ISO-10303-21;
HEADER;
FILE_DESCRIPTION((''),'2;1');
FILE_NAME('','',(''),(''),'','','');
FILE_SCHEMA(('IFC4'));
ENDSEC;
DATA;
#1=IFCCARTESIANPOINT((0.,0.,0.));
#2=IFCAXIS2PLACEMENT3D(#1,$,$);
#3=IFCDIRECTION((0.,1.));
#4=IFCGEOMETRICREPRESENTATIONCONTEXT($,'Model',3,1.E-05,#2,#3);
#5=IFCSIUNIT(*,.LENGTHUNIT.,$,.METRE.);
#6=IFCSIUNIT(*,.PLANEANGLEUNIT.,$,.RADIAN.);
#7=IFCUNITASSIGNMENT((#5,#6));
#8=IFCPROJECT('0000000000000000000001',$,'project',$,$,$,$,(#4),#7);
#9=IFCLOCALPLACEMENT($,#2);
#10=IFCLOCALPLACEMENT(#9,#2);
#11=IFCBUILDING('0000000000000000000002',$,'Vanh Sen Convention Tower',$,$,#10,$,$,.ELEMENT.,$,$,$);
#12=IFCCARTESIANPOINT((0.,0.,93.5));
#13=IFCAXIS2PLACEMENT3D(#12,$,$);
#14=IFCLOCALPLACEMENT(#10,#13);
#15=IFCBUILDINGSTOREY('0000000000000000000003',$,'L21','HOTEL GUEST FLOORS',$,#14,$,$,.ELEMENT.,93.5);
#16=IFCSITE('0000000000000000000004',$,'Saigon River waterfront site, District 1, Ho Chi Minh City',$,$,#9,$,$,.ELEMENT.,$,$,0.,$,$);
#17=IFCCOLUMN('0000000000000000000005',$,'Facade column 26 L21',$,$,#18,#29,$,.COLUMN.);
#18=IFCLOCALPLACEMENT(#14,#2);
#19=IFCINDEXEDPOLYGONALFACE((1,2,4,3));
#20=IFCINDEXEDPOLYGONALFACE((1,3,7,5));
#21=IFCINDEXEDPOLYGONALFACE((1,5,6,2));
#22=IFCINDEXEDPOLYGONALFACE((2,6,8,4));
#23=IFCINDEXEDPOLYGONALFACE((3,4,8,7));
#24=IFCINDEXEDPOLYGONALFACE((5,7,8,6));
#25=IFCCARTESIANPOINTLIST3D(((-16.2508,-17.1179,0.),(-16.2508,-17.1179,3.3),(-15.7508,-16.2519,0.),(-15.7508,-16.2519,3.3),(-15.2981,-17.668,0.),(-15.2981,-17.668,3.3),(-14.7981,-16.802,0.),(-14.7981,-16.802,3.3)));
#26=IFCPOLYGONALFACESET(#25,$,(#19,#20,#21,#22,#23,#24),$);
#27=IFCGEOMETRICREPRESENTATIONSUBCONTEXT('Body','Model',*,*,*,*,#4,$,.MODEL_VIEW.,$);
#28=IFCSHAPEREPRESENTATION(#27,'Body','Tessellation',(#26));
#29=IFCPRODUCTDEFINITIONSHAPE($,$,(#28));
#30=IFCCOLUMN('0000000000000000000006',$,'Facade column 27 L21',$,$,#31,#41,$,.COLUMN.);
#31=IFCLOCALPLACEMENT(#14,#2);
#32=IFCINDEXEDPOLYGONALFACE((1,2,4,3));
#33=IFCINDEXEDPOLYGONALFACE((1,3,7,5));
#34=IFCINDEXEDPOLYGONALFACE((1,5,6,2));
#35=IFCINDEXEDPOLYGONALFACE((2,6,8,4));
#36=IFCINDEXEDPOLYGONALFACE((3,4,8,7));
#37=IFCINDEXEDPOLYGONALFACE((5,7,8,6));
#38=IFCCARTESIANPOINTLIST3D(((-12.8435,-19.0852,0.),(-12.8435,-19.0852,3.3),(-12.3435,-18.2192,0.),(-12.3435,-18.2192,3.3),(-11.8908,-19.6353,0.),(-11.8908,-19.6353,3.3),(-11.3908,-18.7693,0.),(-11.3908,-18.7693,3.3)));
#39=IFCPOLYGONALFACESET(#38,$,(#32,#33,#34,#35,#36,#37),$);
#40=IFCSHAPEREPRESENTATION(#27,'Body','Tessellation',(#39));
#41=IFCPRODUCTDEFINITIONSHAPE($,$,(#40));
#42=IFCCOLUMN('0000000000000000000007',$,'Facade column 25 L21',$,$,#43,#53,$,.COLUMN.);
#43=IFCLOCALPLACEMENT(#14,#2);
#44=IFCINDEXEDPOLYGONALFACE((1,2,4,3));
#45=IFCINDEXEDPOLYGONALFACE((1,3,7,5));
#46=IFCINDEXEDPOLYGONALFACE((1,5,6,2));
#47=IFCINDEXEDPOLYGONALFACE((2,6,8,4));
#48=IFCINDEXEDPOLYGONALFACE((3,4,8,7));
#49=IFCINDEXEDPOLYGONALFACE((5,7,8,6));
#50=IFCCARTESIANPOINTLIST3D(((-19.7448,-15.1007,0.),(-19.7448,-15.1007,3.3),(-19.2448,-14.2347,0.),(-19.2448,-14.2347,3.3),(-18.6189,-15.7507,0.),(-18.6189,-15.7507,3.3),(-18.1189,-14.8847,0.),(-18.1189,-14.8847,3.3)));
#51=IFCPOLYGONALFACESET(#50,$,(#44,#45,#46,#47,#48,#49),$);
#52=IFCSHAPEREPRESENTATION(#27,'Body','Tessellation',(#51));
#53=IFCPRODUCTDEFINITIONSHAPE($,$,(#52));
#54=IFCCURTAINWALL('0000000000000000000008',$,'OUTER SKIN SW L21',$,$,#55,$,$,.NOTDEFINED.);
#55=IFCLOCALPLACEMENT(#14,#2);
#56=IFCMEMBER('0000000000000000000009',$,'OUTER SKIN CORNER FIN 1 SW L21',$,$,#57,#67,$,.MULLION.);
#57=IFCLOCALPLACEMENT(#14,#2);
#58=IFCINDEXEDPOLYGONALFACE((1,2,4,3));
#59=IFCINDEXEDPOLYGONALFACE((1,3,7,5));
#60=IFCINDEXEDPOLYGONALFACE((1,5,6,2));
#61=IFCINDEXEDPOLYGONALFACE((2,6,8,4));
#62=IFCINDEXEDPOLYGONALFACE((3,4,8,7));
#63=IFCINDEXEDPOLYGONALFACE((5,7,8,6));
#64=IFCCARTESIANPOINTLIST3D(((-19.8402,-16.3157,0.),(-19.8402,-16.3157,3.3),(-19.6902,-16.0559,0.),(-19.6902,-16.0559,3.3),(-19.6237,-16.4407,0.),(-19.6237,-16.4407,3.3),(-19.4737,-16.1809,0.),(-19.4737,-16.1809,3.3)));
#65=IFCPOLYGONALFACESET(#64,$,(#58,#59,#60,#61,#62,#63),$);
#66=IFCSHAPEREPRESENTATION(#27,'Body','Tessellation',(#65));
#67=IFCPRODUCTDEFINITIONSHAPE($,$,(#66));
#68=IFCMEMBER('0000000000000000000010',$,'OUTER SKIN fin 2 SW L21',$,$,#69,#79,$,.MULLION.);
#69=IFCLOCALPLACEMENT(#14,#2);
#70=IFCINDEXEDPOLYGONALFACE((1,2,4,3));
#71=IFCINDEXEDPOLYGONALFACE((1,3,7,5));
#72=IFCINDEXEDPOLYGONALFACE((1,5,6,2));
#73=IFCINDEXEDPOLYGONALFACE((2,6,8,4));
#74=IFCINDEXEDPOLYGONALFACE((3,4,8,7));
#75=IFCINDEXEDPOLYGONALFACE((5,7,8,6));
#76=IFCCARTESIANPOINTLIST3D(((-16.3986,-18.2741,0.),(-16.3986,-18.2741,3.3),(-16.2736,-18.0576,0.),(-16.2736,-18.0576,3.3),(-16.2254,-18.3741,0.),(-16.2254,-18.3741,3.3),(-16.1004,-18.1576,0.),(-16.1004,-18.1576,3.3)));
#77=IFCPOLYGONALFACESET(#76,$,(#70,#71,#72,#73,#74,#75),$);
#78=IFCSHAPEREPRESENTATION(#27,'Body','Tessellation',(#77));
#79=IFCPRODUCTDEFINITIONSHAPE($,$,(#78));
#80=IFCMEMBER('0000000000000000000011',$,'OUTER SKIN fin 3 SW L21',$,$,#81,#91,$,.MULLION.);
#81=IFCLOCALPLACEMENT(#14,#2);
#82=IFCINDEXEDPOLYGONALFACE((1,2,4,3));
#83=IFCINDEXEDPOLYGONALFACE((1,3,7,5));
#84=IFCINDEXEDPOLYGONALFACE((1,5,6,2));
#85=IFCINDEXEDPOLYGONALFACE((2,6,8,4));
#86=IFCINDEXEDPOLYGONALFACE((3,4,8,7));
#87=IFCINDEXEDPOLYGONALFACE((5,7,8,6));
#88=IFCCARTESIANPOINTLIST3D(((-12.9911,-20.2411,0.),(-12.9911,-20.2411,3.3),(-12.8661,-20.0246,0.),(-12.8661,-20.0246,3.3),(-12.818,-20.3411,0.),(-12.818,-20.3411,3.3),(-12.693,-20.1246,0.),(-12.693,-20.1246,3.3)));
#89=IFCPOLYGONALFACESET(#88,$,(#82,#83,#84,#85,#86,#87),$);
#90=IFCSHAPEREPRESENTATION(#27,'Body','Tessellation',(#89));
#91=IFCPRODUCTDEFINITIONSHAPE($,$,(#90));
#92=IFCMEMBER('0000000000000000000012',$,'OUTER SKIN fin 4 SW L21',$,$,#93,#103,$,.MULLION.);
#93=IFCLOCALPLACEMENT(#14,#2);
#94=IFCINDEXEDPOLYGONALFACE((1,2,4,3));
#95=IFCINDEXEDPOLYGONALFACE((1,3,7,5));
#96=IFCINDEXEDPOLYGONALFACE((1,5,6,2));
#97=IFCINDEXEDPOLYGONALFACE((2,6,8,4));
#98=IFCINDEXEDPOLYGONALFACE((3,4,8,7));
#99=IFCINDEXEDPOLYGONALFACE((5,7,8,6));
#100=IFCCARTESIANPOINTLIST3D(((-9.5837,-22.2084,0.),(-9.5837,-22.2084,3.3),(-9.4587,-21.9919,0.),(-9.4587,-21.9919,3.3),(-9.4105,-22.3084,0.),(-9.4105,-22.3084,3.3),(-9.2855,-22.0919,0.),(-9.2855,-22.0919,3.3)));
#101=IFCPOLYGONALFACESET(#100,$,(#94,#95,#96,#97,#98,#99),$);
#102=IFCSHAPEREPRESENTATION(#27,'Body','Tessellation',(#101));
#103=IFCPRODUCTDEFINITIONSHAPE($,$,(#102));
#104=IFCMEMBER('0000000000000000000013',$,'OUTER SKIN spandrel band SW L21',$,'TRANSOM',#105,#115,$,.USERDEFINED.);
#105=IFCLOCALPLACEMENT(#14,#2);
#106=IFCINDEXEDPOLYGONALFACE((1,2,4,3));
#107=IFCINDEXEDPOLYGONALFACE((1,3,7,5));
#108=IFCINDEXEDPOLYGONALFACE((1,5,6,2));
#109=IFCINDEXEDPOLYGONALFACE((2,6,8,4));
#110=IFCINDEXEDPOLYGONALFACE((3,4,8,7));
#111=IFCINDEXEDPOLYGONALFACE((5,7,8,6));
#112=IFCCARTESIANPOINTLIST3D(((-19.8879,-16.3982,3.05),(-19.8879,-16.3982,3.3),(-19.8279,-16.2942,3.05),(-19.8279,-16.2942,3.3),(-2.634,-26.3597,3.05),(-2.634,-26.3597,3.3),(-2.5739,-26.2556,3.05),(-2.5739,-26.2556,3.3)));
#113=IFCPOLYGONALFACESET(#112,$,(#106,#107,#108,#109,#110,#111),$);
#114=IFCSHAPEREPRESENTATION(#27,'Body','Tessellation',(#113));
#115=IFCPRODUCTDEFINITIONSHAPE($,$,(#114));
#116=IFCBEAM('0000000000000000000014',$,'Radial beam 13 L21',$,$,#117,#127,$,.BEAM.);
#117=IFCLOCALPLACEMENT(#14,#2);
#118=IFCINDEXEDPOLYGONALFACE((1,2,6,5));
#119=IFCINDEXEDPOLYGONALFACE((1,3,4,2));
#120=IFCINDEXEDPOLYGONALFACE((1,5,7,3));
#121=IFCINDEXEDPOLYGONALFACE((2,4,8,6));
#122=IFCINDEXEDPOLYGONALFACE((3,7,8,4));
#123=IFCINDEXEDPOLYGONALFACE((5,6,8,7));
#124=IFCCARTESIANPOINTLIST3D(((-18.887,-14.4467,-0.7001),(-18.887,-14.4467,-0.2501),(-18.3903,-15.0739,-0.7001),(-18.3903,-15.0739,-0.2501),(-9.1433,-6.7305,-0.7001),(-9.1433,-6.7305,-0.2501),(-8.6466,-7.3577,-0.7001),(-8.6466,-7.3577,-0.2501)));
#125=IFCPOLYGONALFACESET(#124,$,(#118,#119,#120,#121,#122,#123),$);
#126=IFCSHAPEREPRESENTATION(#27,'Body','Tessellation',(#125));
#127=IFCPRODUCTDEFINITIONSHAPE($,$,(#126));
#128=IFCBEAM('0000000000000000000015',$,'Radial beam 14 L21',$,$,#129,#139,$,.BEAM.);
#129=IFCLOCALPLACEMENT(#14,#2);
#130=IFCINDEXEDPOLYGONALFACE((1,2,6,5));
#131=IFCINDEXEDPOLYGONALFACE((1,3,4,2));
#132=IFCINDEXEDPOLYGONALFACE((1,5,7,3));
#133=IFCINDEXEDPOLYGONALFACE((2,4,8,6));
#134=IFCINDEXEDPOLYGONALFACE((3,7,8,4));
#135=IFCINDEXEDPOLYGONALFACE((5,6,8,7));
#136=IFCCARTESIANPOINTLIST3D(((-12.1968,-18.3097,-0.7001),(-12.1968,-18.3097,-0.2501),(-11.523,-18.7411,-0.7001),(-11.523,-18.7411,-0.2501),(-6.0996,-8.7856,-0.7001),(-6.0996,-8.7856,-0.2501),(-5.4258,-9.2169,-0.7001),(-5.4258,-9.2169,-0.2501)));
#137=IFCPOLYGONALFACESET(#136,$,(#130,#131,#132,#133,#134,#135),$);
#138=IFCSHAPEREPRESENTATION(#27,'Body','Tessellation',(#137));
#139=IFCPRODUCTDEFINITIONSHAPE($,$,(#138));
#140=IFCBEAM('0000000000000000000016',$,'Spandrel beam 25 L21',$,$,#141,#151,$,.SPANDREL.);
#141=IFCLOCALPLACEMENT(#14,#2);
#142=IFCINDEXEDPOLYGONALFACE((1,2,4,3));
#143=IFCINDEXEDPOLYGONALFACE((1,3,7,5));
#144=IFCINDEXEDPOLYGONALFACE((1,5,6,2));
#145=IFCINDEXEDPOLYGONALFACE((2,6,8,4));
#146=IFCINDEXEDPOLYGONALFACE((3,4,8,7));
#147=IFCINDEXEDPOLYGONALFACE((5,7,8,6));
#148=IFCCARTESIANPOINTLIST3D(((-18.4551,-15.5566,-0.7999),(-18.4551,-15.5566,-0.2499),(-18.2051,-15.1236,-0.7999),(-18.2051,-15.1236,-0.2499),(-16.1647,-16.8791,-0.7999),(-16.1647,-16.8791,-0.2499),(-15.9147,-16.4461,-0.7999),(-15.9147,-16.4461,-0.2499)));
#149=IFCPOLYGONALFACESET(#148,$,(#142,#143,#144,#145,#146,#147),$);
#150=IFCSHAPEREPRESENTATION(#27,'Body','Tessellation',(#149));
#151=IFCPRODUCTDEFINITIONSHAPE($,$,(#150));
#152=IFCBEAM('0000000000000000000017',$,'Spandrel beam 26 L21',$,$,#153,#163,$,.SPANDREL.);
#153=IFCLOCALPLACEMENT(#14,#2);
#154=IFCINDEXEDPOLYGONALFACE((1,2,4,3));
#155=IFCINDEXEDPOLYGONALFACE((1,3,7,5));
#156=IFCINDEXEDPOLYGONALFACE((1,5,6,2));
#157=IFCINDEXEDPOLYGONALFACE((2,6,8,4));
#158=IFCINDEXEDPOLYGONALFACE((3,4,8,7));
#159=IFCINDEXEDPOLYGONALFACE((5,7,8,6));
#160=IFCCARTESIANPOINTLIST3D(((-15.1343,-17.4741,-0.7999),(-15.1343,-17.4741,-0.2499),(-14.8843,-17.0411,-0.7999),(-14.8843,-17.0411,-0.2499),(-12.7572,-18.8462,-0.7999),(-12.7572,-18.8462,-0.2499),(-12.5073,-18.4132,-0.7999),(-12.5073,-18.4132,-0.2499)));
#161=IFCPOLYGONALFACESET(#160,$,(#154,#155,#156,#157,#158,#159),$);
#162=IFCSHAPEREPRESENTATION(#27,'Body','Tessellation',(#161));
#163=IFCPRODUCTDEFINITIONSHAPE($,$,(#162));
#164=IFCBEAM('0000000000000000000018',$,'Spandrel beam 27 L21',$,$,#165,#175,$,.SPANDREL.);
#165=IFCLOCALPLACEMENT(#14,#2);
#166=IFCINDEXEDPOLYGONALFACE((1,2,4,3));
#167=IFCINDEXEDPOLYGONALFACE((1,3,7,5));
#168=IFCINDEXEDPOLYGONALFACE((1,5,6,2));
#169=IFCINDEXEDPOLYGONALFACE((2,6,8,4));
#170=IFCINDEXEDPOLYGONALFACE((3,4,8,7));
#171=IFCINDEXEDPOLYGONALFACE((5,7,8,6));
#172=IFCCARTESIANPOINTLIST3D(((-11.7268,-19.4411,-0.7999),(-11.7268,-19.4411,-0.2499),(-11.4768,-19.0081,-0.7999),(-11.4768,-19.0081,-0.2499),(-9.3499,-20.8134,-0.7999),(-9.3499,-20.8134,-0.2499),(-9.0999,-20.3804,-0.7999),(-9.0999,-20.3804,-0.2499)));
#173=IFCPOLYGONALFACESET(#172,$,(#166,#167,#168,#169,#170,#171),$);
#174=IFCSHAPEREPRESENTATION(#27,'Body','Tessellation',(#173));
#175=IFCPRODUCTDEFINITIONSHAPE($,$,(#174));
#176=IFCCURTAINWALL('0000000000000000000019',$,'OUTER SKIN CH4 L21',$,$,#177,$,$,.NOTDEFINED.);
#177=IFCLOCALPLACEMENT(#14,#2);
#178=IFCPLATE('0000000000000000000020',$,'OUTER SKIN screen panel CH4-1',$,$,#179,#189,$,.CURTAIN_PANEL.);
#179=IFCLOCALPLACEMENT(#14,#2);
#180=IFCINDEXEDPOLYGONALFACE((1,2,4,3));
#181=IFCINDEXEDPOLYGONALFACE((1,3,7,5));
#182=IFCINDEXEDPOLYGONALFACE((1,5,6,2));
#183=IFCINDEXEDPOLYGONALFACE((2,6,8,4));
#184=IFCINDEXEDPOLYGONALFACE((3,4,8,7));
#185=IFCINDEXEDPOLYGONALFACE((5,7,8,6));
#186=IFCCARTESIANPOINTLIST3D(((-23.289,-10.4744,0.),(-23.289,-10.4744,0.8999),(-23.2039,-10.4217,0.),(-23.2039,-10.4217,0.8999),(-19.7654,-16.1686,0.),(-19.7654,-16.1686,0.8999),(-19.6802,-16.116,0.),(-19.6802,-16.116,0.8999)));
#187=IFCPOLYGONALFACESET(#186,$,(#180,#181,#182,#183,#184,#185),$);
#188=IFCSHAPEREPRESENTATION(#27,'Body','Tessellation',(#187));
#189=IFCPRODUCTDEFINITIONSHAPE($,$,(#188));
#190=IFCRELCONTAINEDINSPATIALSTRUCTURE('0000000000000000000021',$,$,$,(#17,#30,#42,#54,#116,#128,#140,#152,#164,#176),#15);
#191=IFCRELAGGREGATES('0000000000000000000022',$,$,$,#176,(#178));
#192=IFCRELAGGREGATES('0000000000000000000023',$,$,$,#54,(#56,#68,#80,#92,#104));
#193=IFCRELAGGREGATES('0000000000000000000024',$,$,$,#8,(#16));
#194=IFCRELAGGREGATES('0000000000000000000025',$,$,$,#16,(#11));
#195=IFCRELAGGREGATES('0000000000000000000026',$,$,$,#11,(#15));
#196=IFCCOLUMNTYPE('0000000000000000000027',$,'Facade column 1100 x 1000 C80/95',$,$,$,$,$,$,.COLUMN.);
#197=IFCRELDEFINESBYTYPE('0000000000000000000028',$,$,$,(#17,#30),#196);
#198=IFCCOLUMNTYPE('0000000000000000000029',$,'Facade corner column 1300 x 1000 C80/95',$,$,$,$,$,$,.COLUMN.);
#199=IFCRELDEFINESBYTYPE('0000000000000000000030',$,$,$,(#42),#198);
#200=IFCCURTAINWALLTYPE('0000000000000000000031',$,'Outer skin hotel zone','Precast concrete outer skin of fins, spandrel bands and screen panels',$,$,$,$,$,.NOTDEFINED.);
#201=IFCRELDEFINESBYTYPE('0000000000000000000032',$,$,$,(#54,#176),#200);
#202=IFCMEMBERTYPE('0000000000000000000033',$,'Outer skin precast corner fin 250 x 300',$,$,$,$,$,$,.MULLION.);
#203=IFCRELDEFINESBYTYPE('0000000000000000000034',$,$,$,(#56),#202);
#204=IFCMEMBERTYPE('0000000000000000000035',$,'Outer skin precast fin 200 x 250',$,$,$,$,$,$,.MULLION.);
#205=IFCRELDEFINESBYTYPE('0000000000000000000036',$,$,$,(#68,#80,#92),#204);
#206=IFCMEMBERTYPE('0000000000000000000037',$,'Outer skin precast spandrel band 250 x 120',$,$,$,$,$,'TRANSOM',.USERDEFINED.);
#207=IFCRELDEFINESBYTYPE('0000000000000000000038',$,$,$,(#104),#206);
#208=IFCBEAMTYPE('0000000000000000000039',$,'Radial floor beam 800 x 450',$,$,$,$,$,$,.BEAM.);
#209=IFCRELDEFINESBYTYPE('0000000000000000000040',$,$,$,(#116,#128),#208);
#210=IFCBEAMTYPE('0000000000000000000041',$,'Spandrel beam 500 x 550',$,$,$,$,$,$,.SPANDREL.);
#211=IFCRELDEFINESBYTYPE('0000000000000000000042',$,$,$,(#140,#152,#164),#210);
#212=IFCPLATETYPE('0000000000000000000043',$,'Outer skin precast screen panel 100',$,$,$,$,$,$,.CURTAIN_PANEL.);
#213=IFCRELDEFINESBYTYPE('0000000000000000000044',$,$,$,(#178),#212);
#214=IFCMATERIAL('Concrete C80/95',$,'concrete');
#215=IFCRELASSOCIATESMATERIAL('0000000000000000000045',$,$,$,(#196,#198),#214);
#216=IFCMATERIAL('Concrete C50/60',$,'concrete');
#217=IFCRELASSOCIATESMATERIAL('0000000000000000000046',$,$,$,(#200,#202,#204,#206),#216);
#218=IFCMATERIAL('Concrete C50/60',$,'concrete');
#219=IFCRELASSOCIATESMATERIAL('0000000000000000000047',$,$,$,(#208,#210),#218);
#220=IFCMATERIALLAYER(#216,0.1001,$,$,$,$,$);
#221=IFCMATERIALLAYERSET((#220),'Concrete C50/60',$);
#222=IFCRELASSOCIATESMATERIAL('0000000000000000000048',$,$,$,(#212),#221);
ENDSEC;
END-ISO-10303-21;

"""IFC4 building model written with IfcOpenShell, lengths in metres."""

from ifc_helpers import new_model, si_unit, direction, frame, origin, origin_2d, place, context, subcontext, project, spatial, rectangle, extrude, material, layer, layer_set, material_profile, profile_set, type_object, element, aggregate, save


model = new_model("IFC4")

# Units and contexts
model_context = context("Model", 3, precision=1e-05, world=origin(), true_north=direction((0.0, 1.0)))
body_context = subcontext(model_context, "Body", "Model", "MODEL_VIEW")
ifc_project = project(units=[si_unit("LENGTHUNIT", "METRE"), si_unit("PLANEANGLEUNIT", "RADIAN")], contexts=[model_context])

# Site, building, storey
site_placement = place(None, origin())
site = spatial("IfcSite", under=ifc_project, at=site_placement, Name="Saigon River waterfront site, District 1, Ho Chi Minh City", CompositionType="ELEMENT", RefElevation=0.0)
building_placement = place(site_placement, origin())
building = spatial("IfcBuilding", under=site, at=building_placement, Name="Vanh Sen Convention Tower", CompositionType="ELEMENT")
storey_placement = place(building_placement, frame((0.0, 0.0, 93.5)))
storey = spatial("IfcBuildingStorey", under=building, at=storey_placement, Name="L21", Description="HOTEL GUEST FLOORS", CompositionType="ELEMENT", Elevation=93.5)

# Columns
ifc_material_1 = material(Name="Concrete C80/95", Category="concrete")
ifc_material_profile_1 = material_profile(ifc_material_1, rectangle(XDim=1.1001, YDim=1.0, at=origin_2d()), Name="RC 1100X1000")
ifc_profile_set_1 = profile_set([ifc_material_profile_1], Name="Concrete C80/95")
column_type_1 = type_object("IfcColumnType", Name="Facade column 1100 x 1000 C80/95", PredefinedType="COLUMN", material=ifc_profile_set_1)
for number, where, z_axis, x_axis, name in (
    (1, (-15.5244, -16.96, 0.0), (0.0, 0.0, 1.0), (0.866025, -0.5, 0.0), "Facade column 26 L21"),
    (2, (-12.1172, -18.9272, 0.0), (0.0, 0.0, 1.0), (0.866025, -0.5, 0.0), "Facade column 27 L21"),
):
    element("IfcColumn", number, at=place(storey_placement, frame(where, z_axis=z_axis, x_axis=x_axis)), inside=storey, type_object=column_type_1, Name=name, PredefinedType="COLUMN", context=body_context, shape_type="SweptSolid", body=[
        extrude(rectangle(XDim=1.1001, YDim=1.0, at=origin_2d()), origin(), (0.0, 0.0, 1.0), 3.3),
    ])
ifc_material_profile_2 = material_profile(ifc_material_1, rectangle(XDim=1.3, YDim=1.0, at=origin_2d()), Name="RC 1300X1000")
ifc_profile_set_2 = profile_set([ifc_material_profile_2], Name="Concrete C80/95")
column_type_2 = type_object("IfcColumnType", Name="Facade corner column 1300 x 1000 C80/95", PredefinedType="COLUMN", material=ifc_profile_set_2)
column_placement = place(storey_placement, frame((-18.9319, -14.9927, 0.0), z_axis=(0.0, 0.0, 1.0), x_axis=(0.866025, -0.5, 0.0)))
element("IfcColumn", 3, at=column_placement, inside=storey, type_object=column_type_2, Name="Facade column 25 L21", PredefinedType="COLUMN", context=body_context, shape_type="SweptSolid", body=[
    extrude(rectangle(XDim=1.3, YDim=1.0, at=origin_2d()), origin(), (0.0, 0.0, 1.0), 3.3),
])

# Curtain wall, members
ifc_material_2 = material(Name="Concrete C50/60", Category="concrete")
curtain_wall_type = type_object("IfcCurtainWallType", Name="Outer skin hotel zone", Description="Precast concrete outer skin of fins, spandrel bands and screen panels", PredefinedType="NOTDEFINED", material=ifc_material_2)
curtain_wall_1_placement = place(storey_placement, origin())
curtain_wall_1 = element("IfcCurtainWall", 4, at=curtain_wall_1_placement, inside=storey, type_object=curtain_wall_type, Name="OUTER SKIN SW L21", PredefinedType="NOTDEFINED")
ifc_material_profile_3 = material_profile(ifc_material_2, rectangle(XDim=0.25, YDim=0.3, at=origin_2d()), Name="Outer skin precast corner fin 250 x 300")
ifc_profile_set_3 = profile_set([ifc_material_profile_3], Name="Concrete C50/60")
member_type_1 = type_object("IfcMemberType", Name="Outer skin precast corner fin 250 x 300", PredefinedType="MULLION", material=ifc_profile_set_3)
member_1_placement = place(storey_placement, frame((-19.657, -16.2483, 0.0), z_axis=(0.0, 0.0, 1.0), x_axis=(0.866025, -0.5, 0.0)))
member_1 = element("IfcMember", 5, at=member_1_placement, type_object=member_type_1, Name="OUTER SKIN CORNER FIN 1 SW L21", PredefinedType="MULLION", context=body_context, shape_type="SweptSolid", body=[
    extrude(rectangle(XDim=0.25, YDim=0.3, at=origin_2d()), origin(), (0.0, 0.0, 1.0), 3.3),
])
ifc_material_profile_4 = material_profile(ifc_material_2, rectangle(XDim=0.2, YDim=0.25, at=origin_2d()), Name="Outer skin precast fin 200 x 250")
ifc_profile_set_4 = profile_set([ifc_material_profile_4], Name="Concrete C50/60")
member_type_2 = type_object("IfcMemberType", Name="Outer skin precast fin 200 x 250", PredefinedType="MULLION", material=ifc_profile_set_4)
member_2_placement = place(storey_placement, frame((-16.2495, -18.2158, 0.0), z_axis=(0.0, 0.0, 1.0), x_axis=(0.866025, -0.5, 0.0)))
member_2 = element("IfcMember", 6, at=member_2_placement, type_object=member_type_2, Name="OUTER SKIN fin 2 SW L21", PredefinedType="MULLION", context=body_context, shape_type="SweptSolid", body=[
    extrude(rectangle(XDim=0.2, YDim=0.25, at=origin_2d()), origin(), (0.0, 0.0, 1.0), 3.3),
])
member_3_placement = place(storey_placement, frame((-12.842, -20.1829, 0.0), z_axis=(0.0, 0.0, 1.0), x_axis=(0.866025, -0.5, 0.0)))
member_3 = element("IfcMember", 7, at=member_3_placement, type_object=member_type_2, Name="OUTER SKIN fin 3 SW L21", PredefinedType="MULLION", context=body_context, shape_type="SweptSolid", body=[
    extrude(rectangle(XDim=0.2, YDim=0.25, at=origin_2d()), origin(), (0.0, 0.0, 1.0), 3.3),
])
member_4_placement = place(storey_placement, frame((-9.4346, -22.1501, 0.0), z_axis=(0.0, 0.0, 1.0), x_axis=(0.866025, -0.5, 0.0)))
member_4 = element("IfcMember", 8, at=member_4_placement, type_object=member_type_2, Name="OUTER SKIN fin 4 SW L21", PredefinedType="MULLION", context=body_context, shape_type="SweptSolid", body=[
    extrude(rectangle(XDim=0.2, YDim=0.25, at=origin_2d()), origin(), (0.0, 0.0, 1.0), 3.3),
])
ifc_material_profile_5 = material_profile(ifc_material_2, rectangle(XDim=0.1201, YDim=0.25, at=origin_2d()), Name="Outer skin precast spandrel band 250 x 120")
ifc_profile_set_5 = profile_set([ifc_material_profile_5], Name="Concrete C50/60")
member_type_3 = type_object("IfcMemberType", Name="Outer skin precast spandrel band 250 x 120", ElementType="TRANSOM", PredefinedType="USERDEFINED", material=ifc_profile_set_5)
member_5_placement = place(storey_placement, frame((-19.8579, -16.3462, 3.175), z_axis=(0.866028, -0.499995, 0.0), x_axis=(0.499995, 0.866028, 0.0)))
member_5 = element("IfcMember", 9, at=member_5_placement, type_object=member_type_3, Name="OUTER SKIN spandrel band SW L21", ObjectType="TRANSOM", PredefinedType="USERDEFINED", context=body_context, shape_type="SweptSolid", body=[
    extrude(rectangle(XDim=0.1201, YDim=0.25, at=origin_2d()), origin(), (0.0, 0.0, 1.0), 19.9231),
])

# Beams
ifc_material_3 = material(Name="Concrete C50/60", Category="concrete")
ifc_material_profile_6 = material_profile(ifc_material_3, rectangle(XDim=0.8, YDim=0.45, at=origin_2d()), Name="RC 800X450")
ifc_profile_set_6 = profile_set([ifc_material_profile_6], Name="Concrete C50/60")
beam_type_1 = type_object("IfcBeamType", Name="Radial floor beam 800 x 450", PredefinedType="BEAM", material=ifc_profile_set_6)
beam_1_placement = place(storey_placement, frame((-18.6387, -14.7603, -0.4751), z_axis=(0.783954, 0.620819, 0.0), x_axis=(-0.620819, 0.783954, 0.0)))
element("IfcBeam", 10, at=beam_1_placement, inside=storey, type_object=beam_type_1, Name="Radial beam 13 L21", PredefinedType="BEAM", context=body_context, shape_type="SweptSolid", body=[
    extrude(rectangle(XDim=0.8, YDim=0.45, at=origin_2d()), origin(), (0.0, 0.0, 1.0), 12.429),
])
beam_2_placement = place(storey_placement, frame((-11.8599, -18.5254, -0.4751), z_axis=(0.53916, 0.842203, 0.0), x_axis=(-0.842203, 0.53916, 0.0)))
element("IfcBeam", 11, at=beam_2_placement, inside=storey, type_object=beam_type_1, Name="Radial beam 14 L21", PredefinedType="BEAM", context=body_context, shape_type="SweptSolid", body=[
    extrude(rectangle(XDim=0.8, YDim=0.45, at=origin_2d()), origin(), (0.0, 0.0, 1.0), 11.3086),
])
ifc_material_profile_7 = material_profile(ifc_material_3, rectangle(XDim=0.5, YDim=0.55, at=origin_2d()), Name="RC 500X550")
ifc_profile_set_7 = profile_set([ifc_material_profile_7], Name="Concrete C50/60")
beam_type_2 = type_object("IfcBeamType", Name="Spandrel beam 500 x 550", PredefinedType="SPANDREL", material=ifc_profile_set_7)
beam_3_placement = place(storey_placement, frame((-18.3301, -15.3401, -0.5249), z_axis=(0.86599, -0.500061, 0.0), x_axis=(0.500061, 0.86599, 0.0)))
element("IfcBeam", 12, at=beam_3_placement, inside=storey, type_object=beam_type_2, Name="Spandrel beam 25 L21", PredefinedType="SPANDREL", context=body_context, shape_type="SweptSolid", body=[
    extrude(rectangle(XDim=0.5, YDim=0.55, at=origin_2d()), origin(), (0.0, 0.0, 1.0), 2.6448),
])
for number, where, z_axis, x_axis, name in (
    (13, (-15.0093, -17.2576, -0.5249), (0.866067, -0.499928, 0.0), (0.499928, 0.866067, 0.0), "Spandrel beam 26 L21"),
    (14, (-11.6018, -19.2246, -0.5249), (0.866029, -0.499995, 0.0), (0.499995, 0.866029, 0.0), "Spandrel beam 27 L21"),
):
    element("IfcBeam", number, at=place(storey_placement, frame(where, z_axis=z_axis, x_axis=x_axis)), inside=storey, type_object=beam_type_2, Name=name, PredefinedType="SPANDREL", context=body_context, shape_type="SweptSolid", body=[
        extrude(rectangle(XDim=0.5, YDim=0.55, at=origin_2d()), origin(), (0.0, 0.0, 1.0), 2.7446),
    ])

# Curtain wall, plate
curtain_wall_2_placement = place(storey_placement, origin())
curtain_wall_2 = element("IfcCurtainWall", 15, at=curtain_wall_2_placement, inside=storey, type_object=curtain_wall_type, Name="OUTER SKIN CH4 L21", PredefinedType="NOTDEFINED")
ifc_layer_1 = layer(ifc_material_2, 0.1001)
ifc_layer_set_1 = layer_set([ifc_layer_1], Name="Concrete C50/60")
plate_type = type_object("IfcPlateType", Name="Outer skin precast screen panel 100", PredefinedType="CURTAIN_PANEL", material=ifc_layer_set_1)
plate_1_placement = place(storey_placement, frame((-21.4846, -13.2952, 0.0), z_axis=(0.0, 0.0, 1.0), x_axis=(0.526205, -0.850358, 0.0)))
plate_1 = element("IfcPlate", 16, at=plate_1_placement, type_object=plate_type, Name="OUTER SKIN screen panel CH4-1", PredefinedType="CURTAIN_PANEL", context=body_context, shape_type="SweptSolid", body=[
    extrude(rectangle(XDim=6.6963, YDim=0.1001, at=origin_2d()), origin(), (0.0, 0.0, 1.0), 0.8999),
])
aggregate(curtain_wall_2, [plate_1])

aggregate(curtain_wall_1, [member_1, member_2, member_3, member_4, member_5])

save(model, "model.ifc")
